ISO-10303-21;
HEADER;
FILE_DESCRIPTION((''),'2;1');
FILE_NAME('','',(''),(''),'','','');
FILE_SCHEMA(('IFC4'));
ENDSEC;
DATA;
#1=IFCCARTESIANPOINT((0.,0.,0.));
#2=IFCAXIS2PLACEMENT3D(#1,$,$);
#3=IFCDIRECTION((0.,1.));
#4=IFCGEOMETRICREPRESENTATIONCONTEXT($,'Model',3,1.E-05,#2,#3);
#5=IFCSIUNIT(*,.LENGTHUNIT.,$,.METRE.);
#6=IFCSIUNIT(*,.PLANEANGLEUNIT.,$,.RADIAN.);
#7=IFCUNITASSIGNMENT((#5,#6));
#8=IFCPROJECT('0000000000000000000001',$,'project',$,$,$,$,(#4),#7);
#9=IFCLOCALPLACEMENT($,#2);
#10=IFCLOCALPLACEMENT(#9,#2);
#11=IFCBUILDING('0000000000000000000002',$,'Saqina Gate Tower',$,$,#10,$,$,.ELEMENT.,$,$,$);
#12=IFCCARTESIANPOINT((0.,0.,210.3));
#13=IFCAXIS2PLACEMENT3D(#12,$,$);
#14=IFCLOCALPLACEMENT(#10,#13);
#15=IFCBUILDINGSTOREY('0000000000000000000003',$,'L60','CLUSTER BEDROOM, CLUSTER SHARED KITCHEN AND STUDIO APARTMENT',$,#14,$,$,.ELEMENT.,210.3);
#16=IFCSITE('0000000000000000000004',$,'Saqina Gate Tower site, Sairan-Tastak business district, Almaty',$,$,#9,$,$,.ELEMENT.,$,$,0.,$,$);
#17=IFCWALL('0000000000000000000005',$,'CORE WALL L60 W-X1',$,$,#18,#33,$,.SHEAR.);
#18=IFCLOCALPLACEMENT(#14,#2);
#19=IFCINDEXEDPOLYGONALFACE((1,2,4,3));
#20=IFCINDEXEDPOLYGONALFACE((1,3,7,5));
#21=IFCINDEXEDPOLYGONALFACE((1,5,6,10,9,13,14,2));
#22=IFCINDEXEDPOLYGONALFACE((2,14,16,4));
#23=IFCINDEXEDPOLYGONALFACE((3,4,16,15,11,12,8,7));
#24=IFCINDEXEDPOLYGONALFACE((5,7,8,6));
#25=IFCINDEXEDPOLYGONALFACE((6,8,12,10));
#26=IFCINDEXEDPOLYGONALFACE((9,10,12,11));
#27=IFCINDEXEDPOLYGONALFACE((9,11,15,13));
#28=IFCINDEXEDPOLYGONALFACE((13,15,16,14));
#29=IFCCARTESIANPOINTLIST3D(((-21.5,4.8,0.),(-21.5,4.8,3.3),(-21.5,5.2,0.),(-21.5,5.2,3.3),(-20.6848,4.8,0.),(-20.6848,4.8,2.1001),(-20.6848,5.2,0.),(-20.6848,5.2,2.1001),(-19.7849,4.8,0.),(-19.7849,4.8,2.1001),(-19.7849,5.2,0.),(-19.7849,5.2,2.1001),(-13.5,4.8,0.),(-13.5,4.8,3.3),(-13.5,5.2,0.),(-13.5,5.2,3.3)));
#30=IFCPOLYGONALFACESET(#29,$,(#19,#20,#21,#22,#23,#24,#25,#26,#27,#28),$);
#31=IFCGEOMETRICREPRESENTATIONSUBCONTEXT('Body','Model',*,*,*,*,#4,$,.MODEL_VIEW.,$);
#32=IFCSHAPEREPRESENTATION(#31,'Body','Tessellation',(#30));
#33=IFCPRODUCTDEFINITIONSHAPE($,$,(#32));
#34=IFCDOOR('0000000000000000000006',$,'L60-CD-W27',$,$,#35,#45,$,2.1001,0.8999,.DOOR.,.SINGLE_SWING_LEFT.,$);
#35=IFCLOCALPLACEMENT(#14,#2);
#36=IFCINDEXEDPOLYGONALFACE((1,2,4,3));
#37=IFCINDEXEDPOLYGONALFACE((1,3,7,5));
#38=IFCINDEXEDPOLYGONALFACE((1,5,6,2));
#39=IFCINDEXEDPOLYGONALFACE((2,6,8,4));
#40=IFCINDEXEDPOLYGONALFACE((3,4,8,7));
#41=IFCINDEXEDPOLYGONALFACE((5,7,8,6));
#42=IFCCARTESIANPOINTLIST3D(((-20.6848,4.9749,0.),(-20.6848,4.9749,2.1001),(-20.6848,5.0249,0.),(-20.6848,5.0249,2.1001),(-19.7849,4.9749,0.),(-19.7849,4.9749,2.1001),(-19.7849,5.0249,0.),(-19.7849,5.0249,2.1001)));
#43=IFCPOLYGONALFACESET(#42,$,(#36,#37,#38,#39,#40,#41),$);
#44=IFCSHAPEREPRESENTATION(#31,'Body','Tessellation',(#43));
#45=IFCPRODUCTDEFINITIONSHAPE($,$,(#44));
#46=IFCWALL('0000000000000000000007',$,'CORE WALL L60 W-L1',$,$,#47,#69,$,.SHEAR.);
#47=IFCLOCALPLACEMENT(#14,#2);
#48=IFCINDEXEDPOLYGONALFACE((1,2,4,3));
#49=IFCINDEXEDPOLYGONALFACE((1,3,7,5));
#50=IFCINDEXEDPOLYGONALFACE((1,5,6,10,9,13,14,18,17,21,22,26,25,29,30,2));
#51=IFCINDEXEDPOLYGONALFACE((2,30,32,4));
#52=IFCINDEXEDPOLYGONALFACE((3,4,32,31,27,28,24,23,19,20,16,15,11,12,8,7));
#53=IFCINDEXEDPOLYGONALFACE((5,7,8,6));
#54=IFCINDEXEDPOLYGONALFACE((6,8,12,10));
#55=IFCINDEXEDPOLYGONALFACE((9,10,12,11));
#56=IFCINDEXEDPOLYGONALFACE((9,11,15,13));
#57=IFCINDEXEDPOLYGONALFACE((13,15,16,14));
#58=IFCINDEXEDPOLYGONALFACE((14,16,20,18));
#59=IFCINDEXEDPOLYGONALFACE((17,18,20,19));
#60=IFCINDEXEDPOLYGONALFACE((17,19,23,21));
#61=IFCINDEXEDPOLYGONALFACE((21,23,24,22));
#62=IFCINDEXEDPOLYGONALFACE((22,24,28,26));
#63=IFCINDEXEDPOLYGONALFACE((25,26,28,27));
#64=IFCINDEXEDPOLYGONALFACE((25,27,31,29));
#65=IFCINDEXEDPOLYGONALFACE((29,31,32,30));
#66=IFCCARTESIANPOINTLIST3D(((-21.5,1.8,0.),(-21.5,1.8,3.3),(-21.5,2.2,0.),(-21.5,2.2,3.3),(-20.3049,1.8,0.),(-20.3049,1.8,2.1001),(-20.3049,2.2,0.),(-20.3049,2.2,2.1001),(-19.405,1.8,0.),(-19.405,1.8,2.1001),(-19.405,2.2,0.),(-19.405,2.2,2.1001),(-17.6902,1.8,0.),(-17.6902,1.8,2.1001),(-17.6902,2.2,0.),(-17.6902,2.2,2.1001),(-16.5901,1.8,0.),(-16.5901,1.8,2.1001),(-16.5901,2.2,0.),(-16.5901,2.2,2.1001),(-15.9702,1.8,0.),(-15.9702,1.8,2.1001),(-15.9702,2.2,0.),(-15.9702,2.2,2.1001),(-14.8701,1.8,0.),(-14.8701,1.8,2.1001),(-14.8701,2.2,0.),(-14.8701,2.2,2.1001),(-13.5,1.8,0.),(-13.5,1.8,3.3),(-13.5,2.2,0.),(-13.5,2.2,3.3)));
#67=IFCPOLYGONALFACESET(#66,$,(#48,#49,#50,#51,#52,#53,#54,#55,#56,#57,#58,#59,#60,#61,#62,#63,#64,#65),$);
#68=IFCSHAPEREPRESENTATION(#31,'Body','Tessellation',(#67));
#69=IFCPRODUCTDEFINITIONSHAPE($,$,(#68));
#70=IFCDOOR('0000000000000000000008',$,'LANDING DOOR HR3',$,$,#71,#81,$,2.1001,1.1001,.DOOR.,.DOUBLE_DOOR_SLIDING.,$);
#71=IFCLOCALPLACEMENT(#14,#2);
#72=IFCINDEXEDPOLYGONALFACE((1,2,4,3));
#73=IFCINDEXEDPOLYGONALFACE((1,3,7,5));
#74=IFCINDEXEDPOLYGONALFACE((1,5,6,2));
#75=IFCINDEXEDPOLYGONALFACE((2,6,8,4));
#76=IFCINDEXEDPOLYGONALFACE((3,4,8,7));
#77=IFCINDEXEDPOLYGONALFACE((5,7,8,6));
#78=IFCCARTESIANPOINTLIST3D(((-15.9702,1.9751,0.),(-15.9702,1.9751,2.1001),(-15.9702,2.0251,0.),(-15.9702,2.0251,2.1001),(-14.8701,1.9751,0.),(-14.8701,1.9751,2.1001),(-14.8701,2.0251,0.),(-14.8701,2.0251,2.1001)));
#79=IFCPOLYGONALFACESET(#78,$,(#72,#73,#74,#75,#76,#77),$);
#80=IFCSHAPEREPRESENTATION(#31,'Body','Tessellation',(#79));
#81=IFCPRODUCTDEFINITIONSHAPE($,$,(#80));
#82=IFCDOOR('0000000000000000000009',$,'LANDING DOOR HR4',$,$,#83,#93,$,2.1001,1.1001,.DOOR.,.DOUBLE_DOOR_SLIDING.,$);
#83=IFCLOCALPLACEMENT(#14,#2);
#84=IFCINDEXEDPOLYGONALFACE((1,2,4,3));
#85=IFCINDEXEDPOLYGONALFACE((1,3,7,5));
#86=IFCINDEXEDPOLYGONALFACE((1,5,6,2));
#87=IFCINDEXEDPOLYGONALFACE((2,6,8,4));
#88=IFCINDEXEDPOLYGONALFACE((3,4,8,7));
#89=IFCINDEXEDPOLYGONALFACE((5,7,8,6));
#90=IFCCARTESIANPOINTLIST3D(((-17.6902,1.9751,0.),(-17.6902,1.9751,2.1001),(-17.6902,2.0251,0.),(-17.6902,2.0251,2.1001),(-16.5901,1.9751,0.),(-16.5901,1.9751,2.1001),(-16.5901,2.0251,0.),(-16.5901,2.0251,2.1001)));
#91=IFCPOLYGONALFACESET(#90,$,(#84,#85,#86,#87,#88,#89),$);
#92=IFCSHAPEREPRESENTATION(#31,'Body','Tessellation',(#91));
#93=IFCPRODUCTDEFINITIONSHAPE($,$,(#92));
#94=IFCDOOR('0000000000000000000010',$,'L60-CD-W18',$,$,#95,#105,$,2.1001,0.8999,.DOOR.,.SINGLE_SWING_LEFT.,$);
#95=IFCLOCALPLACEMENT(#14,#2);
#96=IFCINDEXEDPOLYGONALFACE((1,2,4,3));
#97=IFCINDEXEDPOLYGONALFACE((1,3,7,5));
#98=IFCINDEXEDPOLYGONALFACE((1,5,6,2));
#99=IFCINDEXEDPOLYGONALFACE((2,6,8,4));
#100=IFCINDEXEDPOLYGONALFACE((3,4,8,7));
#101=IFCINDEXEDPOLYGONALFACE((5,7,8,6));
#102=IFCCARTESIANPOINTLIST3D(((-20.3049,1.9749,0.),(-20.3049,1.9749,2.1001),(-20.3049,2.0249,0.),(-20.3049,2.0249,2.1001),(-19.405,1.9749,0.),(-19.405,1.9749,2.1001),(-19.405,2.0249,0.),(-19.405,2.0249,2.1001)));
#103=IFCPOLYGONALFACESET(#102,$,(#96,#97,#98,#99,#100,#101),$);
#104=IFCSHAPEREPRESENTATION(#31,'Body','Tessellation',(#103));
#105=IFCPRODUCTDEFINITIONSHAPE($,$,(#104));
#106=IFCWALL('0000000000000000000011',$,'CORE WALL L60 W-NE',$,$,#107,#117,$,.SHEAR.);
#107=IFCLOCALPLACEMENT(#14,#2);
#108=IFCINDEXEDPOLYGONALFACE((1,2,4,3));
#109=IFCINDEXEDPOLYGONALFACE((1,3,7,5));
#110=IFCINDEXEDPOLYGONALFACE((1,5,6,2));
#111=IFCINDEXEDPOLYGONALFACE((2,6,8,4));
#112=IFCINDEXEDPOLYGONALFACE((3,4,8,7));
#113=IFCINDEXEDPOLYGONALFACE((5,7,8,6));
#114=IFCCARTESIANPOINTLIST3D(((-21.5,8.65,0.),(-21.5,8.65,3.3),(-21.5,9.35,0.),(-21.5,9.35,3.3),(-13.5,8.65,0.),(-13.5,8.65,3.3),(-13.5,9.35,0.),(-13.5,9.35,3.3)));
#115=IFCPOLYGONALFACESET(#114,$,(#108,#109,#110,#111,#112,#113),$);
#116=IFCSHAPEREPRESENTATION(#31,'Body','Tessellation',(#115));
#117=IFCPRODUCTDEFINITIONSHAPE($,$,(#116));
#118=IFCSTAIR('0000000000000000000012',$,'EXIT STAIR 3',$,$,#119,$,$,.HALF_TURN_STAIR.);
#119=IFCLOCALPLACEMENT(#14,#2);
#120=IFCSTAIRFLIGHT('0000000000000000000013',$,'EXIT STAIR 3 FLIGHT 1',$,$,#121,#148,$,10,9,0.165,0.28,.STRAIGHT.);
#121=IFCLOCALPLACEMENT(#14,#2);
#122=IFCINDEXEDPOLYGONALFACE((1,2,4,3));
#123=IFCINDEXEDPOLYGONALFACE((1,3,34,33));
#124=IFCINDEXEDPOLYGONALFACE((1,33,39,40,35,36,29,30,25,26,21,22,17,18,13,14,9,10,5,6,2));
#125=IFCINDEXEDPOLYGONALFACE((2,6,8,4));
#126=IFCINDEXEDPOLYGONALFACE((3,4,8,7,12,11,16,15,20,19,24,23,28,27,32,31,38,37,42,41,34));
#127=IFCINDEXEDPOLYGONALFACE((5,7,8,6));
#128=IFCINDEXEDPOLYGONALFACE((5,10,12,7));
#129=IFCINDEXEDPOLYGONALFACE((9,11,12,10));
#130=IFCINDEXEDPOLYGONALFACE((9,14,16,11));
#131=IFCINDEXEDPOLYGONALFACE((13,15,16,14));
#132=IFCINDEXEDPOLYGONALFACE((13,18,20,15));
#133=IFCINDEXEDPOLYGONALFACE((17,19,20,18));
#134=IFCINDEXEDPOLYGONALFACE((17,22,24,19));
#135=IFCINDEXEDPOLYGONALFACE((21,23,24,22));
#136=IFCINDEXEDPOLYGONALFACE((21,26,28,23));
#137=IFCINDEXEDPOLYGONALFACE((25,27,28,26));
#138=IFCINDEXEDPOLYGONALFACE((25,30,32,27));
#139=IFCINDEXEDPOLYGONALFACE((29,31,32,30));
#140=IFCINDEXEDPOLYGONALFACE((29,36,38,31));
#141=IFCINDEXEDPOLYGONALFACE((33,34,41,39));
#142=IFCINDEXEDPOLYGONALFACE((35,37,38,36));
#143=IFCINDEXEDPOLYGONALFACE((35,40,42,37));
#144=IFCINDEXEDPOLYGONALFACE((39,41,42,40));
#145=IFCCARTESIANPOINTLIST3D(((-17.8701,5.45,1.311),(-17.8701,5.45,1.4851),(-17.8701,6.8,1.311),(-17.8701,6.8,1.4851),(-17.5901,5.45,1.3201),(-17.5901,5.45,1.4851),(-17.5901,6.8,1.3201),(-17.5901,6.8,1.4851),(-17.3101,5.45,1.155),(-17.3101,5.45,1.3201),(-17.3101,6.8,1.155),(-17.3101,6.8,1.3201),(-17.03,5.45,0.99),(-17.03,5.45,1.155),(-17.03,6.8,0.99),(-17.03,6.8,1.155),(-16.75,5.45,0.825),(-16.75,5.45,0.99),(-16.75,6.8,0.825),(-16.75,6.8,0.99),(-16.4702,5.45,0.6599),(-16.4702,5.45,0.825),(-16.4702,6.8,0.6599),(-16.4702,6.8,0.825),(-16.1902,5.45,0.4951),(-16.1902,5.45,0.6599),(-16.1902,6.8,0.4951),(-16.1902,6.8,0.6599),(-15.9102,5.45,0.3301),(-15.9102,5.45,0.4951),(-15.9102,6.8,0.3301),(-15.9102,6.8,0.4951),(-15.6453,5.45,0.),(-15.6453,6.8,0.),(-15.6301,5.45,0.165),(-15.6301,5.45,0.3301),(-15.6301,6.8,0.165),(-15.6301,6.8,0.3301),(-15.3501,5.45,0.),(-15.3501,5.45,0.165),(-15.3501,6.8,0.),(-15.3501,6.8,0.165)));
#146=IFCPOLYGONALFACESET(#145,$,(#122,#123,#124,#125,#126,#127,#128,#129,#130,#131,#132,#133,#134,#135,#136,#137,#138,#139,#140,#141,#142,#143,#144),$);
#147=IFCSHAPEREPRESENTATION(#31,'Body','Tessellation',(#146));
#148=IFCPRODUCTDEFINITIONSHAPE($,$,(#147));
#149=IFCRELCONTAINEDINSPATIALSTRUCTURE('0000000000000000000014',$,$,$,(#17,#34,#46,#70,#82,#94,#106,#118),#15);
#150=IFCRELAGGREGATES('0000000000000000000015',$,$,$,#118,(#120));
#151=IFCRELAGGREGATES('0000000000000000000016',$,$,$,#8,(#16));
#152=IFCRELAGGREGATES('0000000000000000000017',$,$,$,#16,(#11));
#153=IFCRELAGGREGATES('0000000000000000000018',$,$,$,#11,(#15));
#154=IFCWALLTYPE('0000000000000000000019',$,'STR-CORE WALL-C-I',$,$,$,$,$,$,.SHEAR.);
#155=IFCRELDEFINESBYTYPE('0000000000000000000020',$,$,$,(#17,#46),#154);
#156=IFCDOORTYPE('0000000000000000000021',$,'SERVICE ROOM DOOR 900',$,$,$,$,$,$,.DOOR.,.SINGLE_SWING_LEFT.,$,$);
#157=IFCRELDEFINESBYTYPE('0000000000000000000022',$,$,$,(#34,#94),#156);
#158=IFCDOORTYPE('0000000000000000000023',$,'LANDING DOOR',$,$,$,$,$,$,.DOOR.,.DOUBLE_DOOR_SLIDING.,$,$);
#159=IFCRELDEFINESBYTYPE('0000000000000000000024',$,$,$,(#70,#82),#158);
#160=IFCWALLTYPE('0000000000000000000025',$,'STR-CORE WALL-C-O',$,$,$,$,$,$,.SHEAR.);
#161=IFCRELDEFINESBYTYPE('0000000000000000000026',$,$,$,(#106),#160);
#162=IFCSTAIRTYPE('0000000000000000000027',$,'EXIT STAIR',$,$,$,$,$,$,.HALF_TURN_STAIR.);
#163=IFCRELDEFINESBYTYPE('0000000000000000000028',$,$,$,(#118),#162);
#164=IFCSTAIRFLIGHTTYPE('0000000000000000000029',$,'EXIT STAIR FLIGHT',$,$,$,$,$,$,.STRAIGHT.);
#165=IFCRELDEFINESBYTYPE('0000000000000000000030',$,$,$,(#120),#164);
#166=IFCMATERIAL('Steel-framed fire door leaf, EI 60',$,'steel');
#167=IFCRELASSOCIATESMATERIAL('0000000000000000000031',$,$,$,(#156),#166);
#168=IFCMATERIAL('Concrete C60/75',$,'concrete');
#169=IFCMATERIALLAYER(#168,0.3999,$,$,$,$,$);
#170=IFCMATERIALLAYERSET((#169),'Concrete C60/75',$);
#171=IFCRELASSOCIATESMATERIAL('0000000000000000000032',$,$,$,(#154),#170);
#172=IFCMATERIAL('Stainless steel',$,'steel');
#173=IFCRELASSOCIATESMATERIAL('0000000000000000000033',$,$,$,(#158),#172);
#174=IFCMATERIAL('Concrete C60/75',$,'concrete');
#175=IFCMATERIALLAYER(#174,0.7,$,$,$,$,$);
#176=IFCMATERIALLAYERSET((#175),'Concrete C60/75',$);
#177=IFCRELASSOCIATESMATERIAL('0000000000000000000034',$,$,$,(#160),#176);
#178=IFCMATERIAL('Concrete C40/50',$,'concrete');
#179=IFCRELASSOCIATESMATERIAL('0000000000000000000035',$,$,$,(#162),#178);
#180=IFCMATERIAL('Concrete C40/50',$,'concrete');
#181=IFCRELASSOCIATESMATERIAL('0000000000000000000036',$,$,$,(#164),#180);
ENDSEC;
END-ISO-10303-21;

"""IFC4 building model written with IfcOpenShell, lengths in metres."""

from ifc_helpers import new_model, si_unit, direction, frame, frame_2d, origin, place, context, subcontext, project, spatial, polyline, rectangle, outline, extrude, material, layer, layer_set, type_object, element, fill, aggregate, save


model = new_model("IFC4")

# Units and contexts
model_context = context("Model", 3, precision=1e-05, world=origin(), true_north=direction((0.0, 1.0)))
body_context = subcontext(model_context, "Body", "Model", "MODEL_VIEW")
ifc_project = project(units=[si_unit("LENGTHUNIT", "METRE"), si_unit("PLANEANGLEUNIT", "RADIAN")], contexts=[model_context])

# Site, building, storey
site_placement = place(None, origin())
site = spatial("IfcSite", under=ifc_project, at=site_placement, Name="Saqina Gate Tower site, Sairan-Tastak business district, Almaty", CompositionType="ELEMENT", RefElevation=0.0)
building_placement = place(site_placement, origin())
building = spatial("IfcBuilding", under=site, at=building_placement, Name="Saqina Gate Tower", CompositionType="ELEMENT")
storey_placement = place(building_placement, frame((0.0, 0.0, 210.3)))
storey = spatial("IfcBuildingStorey", under=building, at=storey_placement, Name="L60", Description="CLUSTER BEDROOM, CLUSTER SHARED KITCHEN AND STUDIO APARTMENT", CompositionType="ELEMENT", Elevation=210.3)

# Shared definitions
ifc_material_1 = material(Name="Steel-framed fire door leaf, EI 60", Category="steel")
door_type_1 = type_object("IfcDoorType", Name="SERVICE ROOM DOOR 900", OperationType="SINGLE_SWING_LEFT", PredefinedType="DOOR", material=ifc_material_1)

# Wall, opening, door
ifc_material_2 = material(Name="Concrete C60/75", Category="concrete")
ifc_layer_1 = layer(ifc_material_2, 0.3999)
ifc_layer_set_1 = layer_set([ifc_layer_1], Name="Concrete C60/75")
wall_type_1 = type_object("IfcWallType", Name="STR-CORE WALL-C-I", PredefinedType="SHEAR", material=ifc_layer_set_1)
wall_1_placement = place(storey_placement, frame((-13.5, 5.0, 0.0), z_axis=(0.0, 0.0, 1.0), x_axis=(-1.0, 0.0, 0.0)))
wall_1 = element("IfcWall", 1, at=wall_1_placement, inside=storey, type_object=wall_type_1, Name="CORE WALL L60 W-X1", PredefinedType="SHEAR", context=body_context, shape_type="SweptSolid", body=[
    extrude(rectangle(XDim=8.0, YDim=0.3999, at=frame_2d((4.0, 0.0))), origin(), (0.0, 0.0, 1.0), 3.3),
])
opening_1_placement = place(wall_1_placement, frame((6.2849, 0.0, 0.0)))
opening_1 = element("IfcOpeningElement", 2, at=opening_1_placement, cuts=wall_1, PredefinedType="OPENING", context=body_context, shape_type="SweptSolid", body=[
    extrude(rectangle(XDim=0.8999, YDim=2.1001, at=frame_2d((0.45, 1.05))), frame((0.0, 0.2119, 0.0), z_axis=(0.0, -1.0, 0.0), x_axis=(1.0, 0.0, 0.0)), (0.0, 0.0, 1.0), 0.4238),
])
door_1_placement = place(opening_1_placement, frame((0.8999, 0.0, 0.0), z_axis=(0.0, 0.0, 1.0), x_axis=(-1.0, 0.0, 0.0)))
door_1 = element("IfcDoor", 3, at=door_1_placement, inside=storey, type_object=door_type_1, Name="L60-CD-W27", OperationType="SINGLE_SWING_LEFT", OverallHeight=2.1001, OverallWidth=0.8999, PredefinedType="DOOR", context=body_context, shape_type="SweptSolid", body=[
    extrude(rectangle(XDim=0.8999, YDim=2.1001, at=frame_2d((0.45, 1.05))), frame((0.0, 0.0249, 0.0), z_axis=(0.0, -1.0, 0.0), x_axis=(1.0, 0.0, 0.0)), (0.0, 0.0, 1.0), 0.05),
])
fill(opening_1, door_1)

# Wall, openings, doors
wall_2_placement = place(storey_placement, frame((-13.5, 2.0, 0.0), z_axis=(0.0, 0.0, 1.0), x_axis=(-1.0, 0.0, 0.0)))
wall_2 = element("IfcWall", 4, at=wall_2_placement, inside=storey, type_object=wall_type_1, Name="CORE WALL L60 W-L1", PredefinedType="SHEAR", context=body_context, shape_type="SweptSolid", body=[
    extrude(rectangle(XDim=8.0, YDim=0.3999, at=frame_2d((4.0, 0.0))), origin(), (0.0, 0.0, 1.0), 3.3),
])
opening_2_placement = place(wall_2_placement, frame((1.3701, 0.0, 0.0)))
opening_2 = element("IfcOpeningElement", 5, at=opening_2_placement, cuts=wall_2, PredefinedType="OPENING", context=body_context, shape_type="SweptSolid", body=[
    extrude(rectangle(XDim=1.1001, YDim=2.1001, at=frame_2d((0.55, 1.05))), frame((0.0, 0.2119, 0.0), z_axis=(0.0, -1.0, 0.0), x_axis=(1.0, 0.0, 0.0)), (0.0, 0.0, 1.0), 0.4238),
])
opening_3_placement = place(wall_2_placement, frame((3.0901, 0.0, 0.0)))
opening_3 = element("IfcOpeningElement", 6, at=opening_3_placement, cuts=wall_2, PredefinedType="OPENING", context=body_context, shape_type="SweptSolid", body=[
    extrude(rectangle(XDim=1.1001, YDim=2.1001, at=frame_2d((0.55, 1.05))), frame((0.0, 0.2119, 0.0), z_axis=(0.0, -1.0, 0.0), x_axis=(1.0, 0.0, 0.0)), (0.0, 0.0, 1.0), 0.4238),
])
opening_4_placement = place(wall_2_placement, frame((5.905, 0.0, 0.0)))
opening_4 = element("IfcOpeningElement", 7, at=opening_4_placement, cuts=wall_2, PredefinedType="OPENING", context=body_context, shape_type="SweptSolid", body=[
    extrude(rectangle(XDim=0.8999, YDim=2.1001, at=frame_2d((0.45, 1.05))), frame((0.0, 0.2119, 0.0), z_axis=(0.0, -1.0, 0.0), x_axis=(1.0, 0.0, 0.0)), (0.0, 0.0, 1.0), 0.4238),
])
ifc_material_3 = material(Name="Stainless steel", Category="steel")
door_type_2 = type_object("IfcDoorType", Name="LANDING DOOR", OperationType="DOUBLE_DOOR_SLIDING", PredefinedType="DOOR", material=ifc_material_3)
door_2_placement = place(opening_2_placement, origin())
door_2 = element("IfcDoor", 8, at=door_2_placement, inside=storey, type_object=door_type_2, Name="LANDING DOOR HR3", OperationType="DOUBLE_DOOR_SLIDING", OverallHeight=2.1001, OverallWidth=1.1001, PredefinedType="DOOR", context=body_context, shape_type="SweptSolid", body=[
    extrude(rectangle(XDim=1.1001, YDim=2.1001, at=frame_2d((0.55, 1.05))), frame((0.0, 0.0249, 0.0), z_axis=(0.0, -1.0, 0.0), x_axis=(1.0, 0.0, 0.0)), (0.0, 0.0, 1.0), 0.05),
])
fill(opening_2, door_2)
door_3_placement = place(opening_3_placement, origin())
door_3 = element("IfcDoor", 9, at=door_3_placement, inside=storey, type_object=door_type_2, Name="LANDING DOOR HR4", OperationType="DOUBLE_DOOR_SLIDING", OverallHeight=2.1001, OverallWidth=1.1001, PredefinedType="DOOR", context=body_context, shape_type="SweptSolid", body=[
    extrude(rectangle(XDim=1.1001, YDim=2.1001, at=frame_2d((0.55, 1.05))), frame((0.0, 0.0249, 0.0), z_axis=(0.0, -1.0, 0.0), x_axis=(1.0, 0.0, 0.0)), (0.0, 0.0, 1.0), 0.05),
])
fill(opening_3, door_3)
door_4_placement = place(opening_4_placement, frame((0.8999, 0.0, 0.0), z_axis=(0.0, 0.0, 1.0), x_axis=(-1.0, 0.0, 0.0)))
door_4 = element("IfcDoor", 10, at=door_4_placement, inside=storey, type_object=door_type_1, Name="L60-CD-W18", OperationType="SINGLE_SWING_LEFT", OverallHeight=2.1001, OverallWidth=0.8999, PredefinedType="DOOR", context=body_context, shape_type="SweptSolid", body=[
    extrude(rectangle(XDim=0.8999, YDim=2.1001, at=frame_2d((0.45, 1.05))), frame((0.0, 0.0249, 0.0), z_axis=(0.0, -1.0, 0.0), x_axis=(1.0, 0.0, 0.0)), (0.0, 0.0, 1.0), 0.05),
])
fill(opening_4, door_4)

# Wall
ifc_material_4 = material(Name="Concrete C60/75", Category="concrete")
ifc_layer_2 = layer(ifc_material_4, 0.7)
ifc_layer_set_2 = layer_set([ifc_layer_2], Name="Concrete C60/75")
wall_type_2 = type_object("IfcWallType", Name="STR-CORE WALL-C-O", PredefinedType="SHEAR", material=ifc_layer_set_2)
wall_3_placement = place(storey_placement, frame((-13.5, 9.0, 0.0), z_axis=(0.0, 0.0, 1.0), x_axis=(-1.0, 0.0, 0.0)))
element("IfcWall", 11, at=wall_3_placement, inside=storey, type_object=wall_type_2, Name="CORE WALL L60 W-NE", PredefinedType="SHEAR", context=body_context, shape_type="SweptSolid", body=[
    extrude(rectangle(XDim=8.0, YDim=0.7, at=frame_2d((4.0, 0.0))), origin(), (0.0, 0.0, 1.0), 3.3),
])

# Stair, stair flight
ifc_material_5 = material(Name="Concrete C40/50", Category="concrete")
stair_type = type_object("IfcStairType", Name="EXIT STAIR", PredefinedType="HALF_TURN_STAIR", material=ifc_material_5)
stair_placement = place(storey_placement, origin())
stair = element("IfcStair", 12, at=stair_placement, inside=storey, type_object=stair_type, Name="EXIT STAIR 3", PredefinedType="HALF_TURN_STAIR")
ifc_material_6 = material(Name="Concrete C40/50", Category="concrete")
stair_flight_type = type_object("IfcStairFlightType", Name="EXIT STAIR FLIGHT", PredefinedType="STRAIGHT", material=ifc_material_6)
stair_flight_1_placement = place(storey_placement, frame((-15.3501, 6.125, 0.0), z_axis=(0.0, 0.0, 1.0), x_axis=(-1.0, 0.0, 0.0)))
stair_flight_1 = element("IfcStairFlight", 13, at=stair_flight_1_placement, type_object=stair_flight_type, Name="EXIT STAIR 3 FLIGHT 1", NumberOfRisers=10, NumberOfTreads=9, PredefinedType="STRAIGHT", RiserHeight=0.165, TreadLength=0.28, context=body_context, shape_type="SweptSolid", body=[
    extrude(outline(polyline([(0.0, 0.0), (0.0, 0.165), (0.28, 0.165), (0.28, 0.3301), (0.5601, 0.3301), (0.5601, 0.4951), (0.8401, 0.4951), (0.8401, 0.6599), (1.1201, 0.6599), (1.1201, 0.825), (1.3999, 0.825), (1.3999, 0.99), (1.6799, 0.99), (1.6799, 1.155), (1.96, 1.155), (1.96, 1.3201), (2.24, 1.3201), (2.24, 1.4851), (2.52, 1.4851), (2.52, 1.6499), (2.52, 1.311), (0.2952, 0.0), (0.0, 0.0)])), frame((0.0, 0.675, 0.0), z_axis=(0.0, -1.0, 0.0), x_axis=(1.0, 0.0, 0.0)), (0.0, 0.0, 1.0), 1.3501),
])
aggregate(stair, [stair_flight_1])

save(model, "model.ifc")
